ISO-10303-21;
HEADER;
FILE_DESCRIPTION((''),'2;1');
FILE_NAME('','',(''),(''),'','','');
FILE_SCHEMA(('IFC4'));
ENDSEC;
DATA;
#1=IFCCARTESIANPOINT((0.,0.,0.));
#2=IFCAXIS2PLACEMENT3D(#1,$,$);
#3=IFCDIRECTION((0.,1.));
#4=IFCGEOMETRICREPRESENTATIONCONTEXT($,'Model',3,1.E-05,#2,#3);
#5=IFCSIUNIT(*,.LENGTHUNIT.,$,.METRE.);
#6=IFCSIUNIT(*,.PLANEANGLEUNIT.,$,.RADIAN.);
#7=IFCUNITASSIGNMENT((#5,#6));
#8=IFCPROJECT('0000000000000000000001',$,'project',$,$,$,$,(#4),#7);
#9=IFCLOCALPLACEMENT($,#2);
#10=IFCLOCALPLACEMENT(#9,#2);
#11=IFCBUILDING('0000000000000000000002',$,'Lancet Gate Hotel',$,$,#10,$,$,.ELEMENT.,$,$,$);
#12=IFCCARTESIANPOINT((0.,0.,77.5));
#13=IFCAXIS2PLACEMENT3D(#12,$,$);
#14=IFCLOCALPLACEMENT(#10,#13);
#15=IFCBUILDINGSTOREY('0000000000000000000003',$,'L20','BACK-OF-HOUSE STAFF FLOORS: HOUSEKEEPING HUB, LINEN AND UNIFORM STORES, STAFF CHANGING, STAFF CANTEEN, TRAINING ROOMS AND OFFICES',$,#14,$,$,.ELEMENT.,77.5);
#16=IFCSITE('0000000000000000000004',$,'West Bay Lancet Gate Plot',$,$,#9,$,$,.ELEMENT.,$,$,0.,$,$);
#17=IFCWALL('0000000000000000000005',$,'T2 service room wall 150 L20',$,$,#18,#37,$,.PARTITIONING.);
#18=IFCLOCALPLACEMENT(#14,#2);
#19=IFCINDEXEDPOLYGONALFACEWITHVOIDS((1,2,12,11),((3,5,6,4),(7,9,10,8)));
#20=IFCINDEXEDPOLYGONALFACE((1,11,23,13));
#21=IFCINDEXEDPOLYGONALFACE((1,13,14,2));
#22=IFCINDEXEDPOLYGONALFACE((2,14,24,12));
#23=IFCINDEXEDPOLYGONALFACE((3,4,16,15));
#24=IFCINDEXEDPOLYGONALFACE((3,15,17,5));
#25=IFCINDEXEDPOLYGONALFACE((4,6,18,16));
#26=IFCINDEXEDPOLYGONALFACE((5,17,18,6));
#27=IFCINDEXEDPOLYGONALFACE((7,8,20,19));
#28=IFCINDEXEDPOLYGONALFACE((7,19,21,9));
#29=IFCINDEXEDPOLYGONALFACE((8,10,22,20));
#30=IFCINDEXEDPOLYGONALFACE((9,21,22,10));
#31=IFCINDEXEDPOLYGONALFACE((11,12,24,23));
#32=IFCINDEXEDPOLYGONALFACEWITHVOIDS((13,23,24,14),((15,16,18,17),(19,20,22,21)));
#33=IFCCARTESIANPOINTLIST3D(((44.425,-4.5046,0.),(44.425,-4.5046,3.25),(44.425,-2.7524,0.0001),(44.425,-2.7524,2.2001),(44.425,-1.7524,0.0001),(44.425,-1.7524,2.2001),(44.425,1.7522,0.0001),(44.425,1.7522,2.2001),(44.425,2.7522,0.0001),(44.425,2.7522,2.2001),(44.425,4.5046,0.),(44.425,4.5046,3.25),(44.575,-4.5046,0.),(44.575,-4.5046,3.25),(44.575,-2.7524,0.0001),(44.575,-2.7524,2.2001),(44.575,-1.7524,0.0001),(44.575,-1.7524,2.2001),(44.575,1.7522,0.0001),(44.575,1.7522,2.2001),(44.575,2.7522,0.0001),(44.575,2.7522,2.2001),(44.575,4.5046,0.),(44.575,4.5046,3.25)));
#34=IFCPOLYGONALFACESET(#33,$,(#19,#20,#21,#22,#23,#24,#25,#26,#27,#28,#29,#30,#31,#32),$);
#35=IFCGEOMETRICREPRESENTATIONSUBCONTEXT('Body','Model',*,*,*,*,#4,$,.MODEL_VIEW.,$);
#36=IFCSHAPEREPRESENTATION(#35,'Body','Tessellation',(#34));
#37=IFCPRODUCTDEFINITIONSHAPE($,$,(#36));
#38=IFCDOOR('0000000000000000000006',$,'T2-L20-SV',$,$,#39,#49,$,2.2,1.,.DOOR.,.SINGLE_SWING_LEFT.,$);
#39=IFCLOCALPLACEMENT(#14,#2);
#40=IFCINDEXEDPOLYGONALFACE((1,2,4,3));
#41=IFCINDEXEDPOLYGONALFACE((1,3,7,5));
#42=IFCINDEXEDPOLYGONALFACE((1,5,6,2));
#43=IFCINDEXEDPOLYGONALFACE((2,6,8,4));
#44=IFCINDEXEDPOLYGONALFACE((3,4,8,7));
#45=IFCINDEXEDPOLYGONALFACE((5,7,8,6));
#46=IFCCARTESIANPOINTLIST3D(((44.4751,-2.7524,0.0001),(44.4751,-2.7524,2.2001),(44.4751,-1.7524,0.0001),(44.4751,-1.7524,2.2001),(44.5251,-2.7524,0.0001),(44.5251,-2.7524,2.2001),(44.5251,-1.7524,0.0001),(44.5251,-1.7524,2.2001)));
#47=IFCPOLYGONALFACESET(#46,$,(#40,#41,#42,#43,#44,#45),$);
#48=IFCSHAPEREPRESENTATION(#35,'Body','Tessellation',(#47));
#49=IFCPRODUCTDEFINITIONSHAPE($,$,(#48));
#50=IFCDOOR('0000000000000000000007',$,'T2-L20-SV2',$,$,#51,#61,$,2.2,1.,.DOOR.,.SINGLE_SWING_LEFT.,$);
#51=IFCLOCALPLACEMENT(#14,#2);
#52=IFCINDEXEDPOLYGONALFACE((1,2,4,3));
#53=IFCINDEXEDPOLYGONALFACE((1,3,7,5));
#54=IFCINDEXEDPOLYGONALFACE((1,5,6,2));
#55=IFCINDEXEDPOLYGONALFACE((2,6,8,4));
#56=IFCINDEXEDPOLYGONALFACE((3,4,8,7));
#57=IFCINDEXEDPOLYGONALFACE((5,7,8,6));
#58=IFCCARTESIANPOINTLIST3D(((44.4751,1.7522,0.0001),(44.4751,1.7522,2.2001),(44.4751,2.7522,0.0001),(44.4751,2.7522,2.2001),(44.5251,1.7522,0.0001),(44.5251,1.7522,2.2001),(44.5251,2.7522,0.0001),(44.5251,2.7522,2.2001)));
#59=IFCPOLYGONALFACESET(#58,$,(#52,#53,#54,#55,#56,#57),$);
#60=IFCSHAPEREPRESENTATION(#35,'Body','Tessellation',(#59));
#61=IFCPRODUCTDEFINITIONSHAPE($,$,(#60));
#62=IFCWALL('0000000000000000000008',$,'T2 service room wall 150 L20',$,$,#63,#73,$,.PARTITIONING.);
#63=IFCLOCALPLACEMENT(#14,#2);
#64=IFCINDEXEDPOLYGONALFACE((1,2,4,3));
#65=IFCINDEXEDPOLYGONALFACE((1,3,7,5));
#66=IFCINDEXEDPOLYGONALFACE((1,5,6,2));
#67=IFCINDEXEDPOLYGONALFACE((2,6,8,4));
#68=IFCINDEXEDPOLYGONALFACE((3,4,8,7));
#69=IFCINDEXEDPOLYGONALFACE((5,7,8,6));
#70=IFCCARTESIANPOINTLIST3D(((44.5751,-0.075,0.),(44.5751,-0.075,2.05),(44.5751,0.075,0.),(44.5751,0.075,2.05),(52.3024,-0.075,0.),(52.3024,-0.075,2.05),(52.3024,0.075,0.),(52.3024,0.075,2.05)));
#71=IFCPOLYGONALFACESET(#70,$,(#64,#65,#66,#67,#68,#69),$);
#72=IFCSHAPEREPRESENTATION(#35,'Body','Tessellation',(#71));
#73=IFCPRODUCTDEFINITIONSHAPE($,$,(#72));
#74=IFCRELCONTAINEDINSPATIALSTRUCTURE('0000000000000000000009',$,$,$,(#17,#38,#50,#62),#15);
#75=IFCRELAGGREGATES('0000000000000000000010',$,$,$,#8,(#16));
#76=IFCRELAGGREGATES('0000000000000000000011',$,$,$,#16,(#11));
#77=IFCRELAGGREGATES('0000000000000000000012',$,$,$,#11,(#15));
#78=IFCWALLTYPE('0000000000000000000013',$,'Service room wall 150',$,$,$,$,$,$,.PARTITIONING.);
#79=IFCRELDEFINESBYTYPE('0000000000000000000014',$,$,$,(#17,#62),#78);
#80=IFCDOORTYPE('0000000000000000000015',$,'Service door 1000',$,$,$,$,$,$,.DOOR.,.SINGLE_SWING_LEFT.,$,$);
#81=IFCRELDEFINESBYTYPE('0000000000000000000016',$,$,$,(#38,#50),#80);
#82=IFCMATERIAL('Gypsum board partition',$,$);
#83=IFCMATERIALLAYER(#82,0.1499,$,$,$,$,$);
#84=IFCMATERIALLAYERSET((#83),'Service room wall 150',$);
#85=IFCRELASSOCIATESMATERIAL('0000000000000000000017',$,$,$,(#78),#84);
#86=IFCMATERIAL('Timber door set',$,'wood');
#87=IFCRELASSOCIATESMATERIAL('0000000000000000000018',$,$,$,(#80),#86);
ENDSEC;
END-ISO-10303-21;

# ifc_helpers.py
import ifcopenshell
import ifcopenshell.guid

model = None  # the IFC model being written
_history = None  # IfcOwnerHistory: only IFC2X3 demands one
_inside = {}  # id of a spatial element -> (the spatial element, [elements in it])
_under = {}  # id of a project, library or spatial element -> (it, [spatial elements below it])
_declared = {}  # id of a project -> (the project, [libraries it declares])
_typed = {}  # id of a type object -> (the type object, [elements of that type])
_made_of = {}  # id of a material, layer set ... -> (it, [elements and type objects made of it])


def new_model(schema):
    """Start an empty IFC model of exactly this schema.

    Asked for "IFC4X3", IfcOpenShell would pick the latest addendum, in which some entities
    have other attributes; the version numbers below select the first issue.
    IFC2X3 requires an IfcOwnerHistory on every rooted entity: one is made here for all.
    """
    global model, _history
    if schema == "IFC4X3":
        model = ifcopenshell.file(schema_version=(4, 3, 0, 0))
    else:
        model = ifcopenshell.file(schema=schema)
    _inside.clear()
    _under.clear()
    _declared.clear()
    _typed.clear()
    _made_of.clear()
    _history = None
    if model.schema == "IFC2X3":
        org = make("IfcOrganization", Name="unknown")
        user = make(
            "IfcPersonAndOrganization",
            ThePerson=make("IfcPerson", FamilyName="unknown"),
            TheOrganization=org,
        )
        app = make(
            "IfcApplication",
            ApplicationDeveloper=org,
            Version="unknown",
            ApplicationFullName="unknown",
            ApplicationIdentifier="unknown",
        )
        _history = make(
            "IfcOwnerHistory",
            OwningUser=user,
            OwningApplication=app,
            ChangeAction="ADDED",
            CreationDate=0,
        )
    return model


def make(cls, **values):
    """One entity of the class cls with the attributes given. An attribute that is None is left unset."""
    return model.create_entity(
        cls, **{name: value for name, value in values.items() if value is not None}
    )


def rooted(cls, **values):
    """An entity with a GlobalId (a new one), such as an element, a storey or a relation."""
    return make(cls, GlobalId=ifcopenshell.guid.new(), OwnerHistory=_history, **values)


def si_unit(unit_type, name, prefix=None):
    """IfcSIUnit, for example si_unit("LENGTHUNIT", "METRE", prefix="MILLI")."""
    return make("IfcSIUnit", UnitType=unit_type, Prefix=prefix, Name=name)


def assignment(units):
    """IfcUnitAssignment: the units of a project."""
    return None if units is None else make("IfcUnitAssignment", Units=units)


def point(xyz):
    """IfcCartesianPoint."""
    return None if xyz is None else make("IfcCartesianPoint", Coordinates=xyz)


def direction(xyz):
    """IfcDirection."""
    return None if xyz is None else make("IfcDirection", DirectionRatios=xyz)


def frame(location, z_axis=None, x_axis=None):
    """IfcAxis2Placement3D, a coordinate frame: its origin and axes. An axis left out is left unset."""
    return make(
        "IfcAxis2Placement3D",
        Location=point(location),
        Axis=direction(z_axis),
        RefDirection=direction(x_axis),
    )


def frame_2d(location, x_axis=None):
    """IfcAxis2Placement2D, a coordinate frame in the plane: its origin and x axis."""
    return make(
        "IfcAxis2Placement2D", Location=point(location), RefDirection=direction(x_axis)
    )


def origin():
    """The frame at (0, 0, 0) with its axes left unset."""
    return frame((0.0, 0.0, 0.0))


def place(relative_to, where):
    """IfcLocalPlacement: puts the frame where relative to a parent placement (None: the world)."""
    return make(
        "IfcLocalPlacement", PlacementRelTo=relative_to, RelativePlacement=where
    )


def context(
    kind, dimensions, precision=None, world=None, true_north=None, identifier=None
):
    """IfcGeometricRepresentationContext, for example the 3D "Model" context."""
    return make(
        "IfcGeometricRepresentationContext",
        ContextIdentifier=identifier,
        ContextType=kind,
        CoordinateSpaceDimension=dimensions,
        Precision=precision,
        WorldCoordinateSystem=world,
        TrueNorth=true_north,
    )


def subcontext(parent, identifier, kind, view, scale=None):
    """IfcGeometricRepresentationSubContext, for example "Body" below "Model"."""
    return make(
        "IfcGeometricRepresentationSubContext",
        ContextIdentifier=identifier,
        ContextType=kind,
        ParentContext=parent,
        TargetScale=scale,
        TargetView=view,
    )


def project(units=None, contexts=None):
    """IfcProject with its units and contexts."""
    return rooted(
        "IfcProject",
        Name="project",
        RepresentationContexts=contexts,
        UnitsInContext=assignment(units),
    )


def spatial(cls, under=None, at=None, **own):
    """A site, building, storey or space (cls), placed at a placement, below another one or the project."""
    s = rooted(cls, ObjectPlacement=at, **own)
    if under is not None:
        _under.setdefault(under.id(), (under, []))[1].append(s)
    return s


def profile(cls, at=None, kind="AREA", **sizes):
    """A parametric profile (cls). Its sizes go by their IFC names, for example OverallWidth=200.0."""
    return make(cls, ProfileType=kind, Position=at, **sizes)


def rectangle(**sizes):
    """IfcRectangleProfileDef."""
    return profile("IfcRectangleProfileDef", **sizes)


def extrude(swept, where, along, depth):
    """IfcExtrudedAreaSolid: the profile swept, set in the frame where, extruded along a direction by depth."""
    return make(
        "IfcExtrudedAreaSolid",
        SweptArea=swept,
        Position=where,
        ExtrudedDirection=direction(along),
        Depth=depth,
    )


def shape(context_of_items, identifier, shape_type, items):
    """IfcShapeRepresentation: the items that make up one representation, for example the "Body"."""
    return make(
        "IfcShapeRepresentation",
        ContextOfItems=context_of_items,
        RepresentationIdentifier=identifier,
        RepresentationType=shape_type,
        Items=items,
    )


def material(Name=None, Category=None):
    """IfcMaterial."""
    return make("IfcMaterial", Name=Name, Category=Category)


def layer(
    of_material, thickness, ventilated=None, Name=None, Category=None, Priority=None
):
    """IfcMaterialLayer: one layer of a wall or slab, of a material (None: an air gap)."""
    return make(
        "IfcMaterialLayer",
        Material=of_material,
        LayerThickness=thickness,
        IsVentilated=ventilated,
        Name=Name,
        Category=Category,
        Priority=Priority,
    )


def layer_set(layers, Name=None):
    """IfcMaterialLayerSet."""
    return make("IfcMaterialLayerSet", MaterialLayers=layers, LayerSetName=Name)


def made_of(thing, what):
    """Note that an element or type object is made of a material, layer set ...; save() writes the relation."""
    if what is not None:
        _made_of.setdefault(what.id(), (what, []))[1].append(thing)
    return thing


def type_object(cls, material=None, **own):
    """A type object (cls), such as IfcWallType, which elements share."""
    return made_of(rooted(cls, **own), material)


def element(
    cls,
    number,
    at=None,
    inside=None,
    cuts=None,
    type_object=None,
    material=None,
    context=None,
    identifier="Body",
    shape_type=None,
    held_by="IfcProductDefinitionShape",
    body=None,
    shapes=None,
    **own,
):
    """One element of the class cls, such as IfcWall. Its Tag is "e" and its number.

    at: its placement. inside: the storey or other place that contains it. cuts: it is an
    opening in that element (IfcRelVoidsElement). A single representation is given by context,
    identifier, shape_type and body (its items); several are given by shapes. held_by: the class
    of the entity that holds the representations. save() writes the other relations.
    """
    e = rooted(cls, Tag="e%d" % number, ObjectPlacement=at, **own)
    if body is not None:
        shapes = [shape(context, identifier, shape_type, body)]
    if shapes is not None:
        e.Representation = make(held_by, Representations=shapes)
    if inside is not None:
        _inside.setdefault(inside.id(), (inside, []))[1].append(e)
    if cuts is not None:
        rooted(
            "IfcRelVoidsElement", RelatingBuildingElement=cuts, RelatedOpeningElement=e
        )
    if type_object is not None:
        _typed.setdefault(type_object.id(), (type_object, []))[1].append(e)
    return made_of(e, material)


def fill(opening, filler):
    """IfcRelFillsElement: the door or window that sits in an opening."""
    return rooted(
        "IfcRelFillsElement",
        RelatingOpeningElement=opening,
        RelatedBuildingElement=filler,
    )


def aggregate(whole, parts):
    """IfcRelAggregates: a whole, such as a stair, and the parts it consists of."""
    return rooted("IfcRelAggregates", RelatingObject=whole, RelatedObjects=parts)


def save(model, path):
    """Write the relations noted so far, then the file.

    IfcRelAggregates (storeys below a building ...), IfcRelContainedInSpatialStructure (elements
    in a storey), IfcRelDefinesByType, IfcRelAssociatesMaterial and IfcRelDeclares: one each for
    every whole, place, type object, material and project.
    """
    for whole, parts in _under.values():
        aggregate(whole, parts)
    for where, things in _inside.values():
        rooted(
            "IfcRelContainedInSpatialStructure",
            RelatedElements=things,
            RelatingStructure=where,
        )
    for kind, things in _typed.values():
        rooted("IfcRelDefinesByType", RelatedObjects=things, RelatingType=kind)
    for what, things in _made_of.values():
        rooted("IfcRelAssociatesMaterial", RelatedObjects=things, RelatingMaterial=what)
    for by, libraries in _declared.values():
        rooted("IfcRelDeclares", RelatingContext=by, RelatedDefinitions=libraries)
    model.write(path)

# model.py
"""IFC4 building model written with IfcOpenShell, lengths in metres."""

from ifc_helpers import new_model, si_unit, direction, frame, frame_2d, origin, place, context, subcontext, project, spatial, rectangle, extrude, material, layer, layer_set, type_object, element, fill, save


model = new_model("IFC4")

# Units and contexts
model_context = context("Model", 3, precision=1e-05, world=origin(), true_north=direction((0.0, 1.0)))
body_context = subcontext(model_context, "Body", "Model", "MODEL_VIEW")
ifc_project = project(units=[si_unit("LENGTHUNIT", "METRE"), si_unit("PLANEANGLEUNIT", "RADIAN")], contexts=[model_context])

# Site, building, storey
site_placement = place(None, origin())
site = spatial("IfcSite", under=ifc_project, at=site_placement, Name="West Bay Lancet Gate Plot", CompositionType="ELEMENT", RefElevation=0.0)
building_placement = place(site_placement, origin())
building = spatial("IfcBuilding", under=site, at=building_placement, Name="Lancet Gate Hotel", CompositionType="ELEMENT")
storey_placement = place(building_placement, frame((0.0, 0.0, 77.5)))
storey = spatial("IfcBuildingStorey", under=building, at=storey_placement, Name="L20", Description="BACK-OF-HOUSE STAFF FLOORS: HOUSEKEEPING HUB, LINEN AND UNIFORM STORES, STAFF CHANGING, STAFF CANTEEN, TRAINING ROOMS AND OFFICES", CompositionType="ELEMENT", Elevation=77.5)

# Shared definitions
ifc_material_1 = material(Name="Gypsum board partition")
ifc_layer_1 = layer(ifc_material_1, 0.1499)
ifc_layer_set_1 = layer_set([ifc_layer_1], Name="Service room wall 150")
wall_type_1 = type_object("IfcWallType", Name="Service room wall 150", PredefinedType="PARTITIONING", material=ifc_layer_set_1)

# Wall, openings, doors
wall_1_placement = place(storey_placement, frame((44.5, -4.5046, 0.0), z_axis=(0.0, 0.0, 1.0), x_axis=(0.0, 1.0, 0.0)))
wall_1 = element("IfcWall", 1, at=wall_1_placement, inside=storey, type_object=wall_type_1, Name="T2 service room wall 150 L20", PredefinedType="PARTITIONING", context=body_context, shape_type="SweptSolid", body=[
    extrude(rectangle(XDim=9.0093, YDim=0.1499, at=frame_2d((4.5046, 0.0))), origin(), (0.0, 0.0, 1.0), 3.25),
])
opening_1_placement = place(wall_1_placement, frame((1.7522, 0.0, 0.0)))
opening_1 = element("IfcOpeningElement", 2, at=opening_1_placement, cuts=wall_1, PredefinedType="OPENING", context=body_context, shape_type="SweptSolid", body=[
    extrude(rectangle(XDim=1.0, YDim=2.2, at=frame_2d((0.5, 1.1001))), frame((0.0, 0.085, 0.0), z_axis=(0.0, -1.0, 0.0), x_axis=(1.0, 0.0, 0.0)), (0.0, 0.0, 1.0), 0.1699),
])
opening_2_placement = place(wall_1_placement, frame((6.2568, 0.0, 0.0)))
opening_2 = element("IfcOpeningElement", 3, at=opening_2_placement, cuts=wall_1, PredefinedType="OPENING", context=body_context, shape_type="SweptSolid", body=[
    extrude(rectangle(XDim=1.0, YDim=2.2, at=frame_2d((0.5, 1.1001))), frame((0.0, 0.085, 0.0), z_axis=(0.0, -1.0, 0.0), x_axis=(1.0, 0.0, 0.0)), (0.0, 0.0, 1.0), 0.1699),
])
ifc_material_2 = material(Name="Timber door set", Category="wood")
door_type_1 = type_object("IfcDoorType", Name="Service door 1000", OperationType="SINGLE_SWING_LEFT", PredefinedType="DOOR", material=ifc_material_2)
door_1_placement = place(opening_1_placement, origin())
door_1 = element("IfcDoor", 4, at=door_1_placement, inside=storey, type_object=door_type_1, Name="T2-L20-SV", OperationType="SINGLE_SWING_LEFT", OverallHeight=2.2, OverallWidth=1.0, PredefinedType="DOOR", context=body_context, shape_type="SweptSolid", body=[
    extrude(rectangle(XDim=1.0, YDim=2.2, at=frame_2d((0.5, 1.1001))), frame((0.0, 0.0249, 0.0), z_axis=(0.0, -1.0, 0.0), x_axis=(1.0, 0.0, 0.0)), (0.0, 0.0, 1.0), 0.05),
])
fill(opening_1, door_1)
door_2_placement = place(opening_2_placement, origin())
door_2 = element("IfcDoor", 5, at=door_2_placement, inside=storey, type_object=door_type_1, Name="T2-L20-SV2", OperationType="SINGLE_SWING_LEFT", OverallHeight=2.2, OverallWidth=1.0, PredefinedType="DOOR", context=body_context, shape_type="SweptSolid", body=[
    extrude(rectangle(XDim=1.0, YDim=2.2, at=frame_2d((0.5, 1.1001))), frame((0.0, 0.0249, 0.0), z_axis=(0.0, -1.0, 0.0), x_axis=(1.0, 0.0, 0.0)), (0.0, 0.0, 1.0), 0.05),
])
fill(opening_2, door_2)

# Wall
wall_2_placement = place(storey_placement, frame((44.575, 0.0, 0.0), z_axis=(0.0, 0.0, 1.0), x_axis=(1.0, 0.0, 0.0)))
element("IfcWall", 6, at=wall_2_placement, inside=storey, type_object=wall_type_1, Name="T2 service room wall 150 L20", PredefinedType="PARTITIONING", context=body_context, shape_type="SweptSolid", body=[
    extrude(rectangle(XDim=7.7273, YDim=0.1499, at=frame_2d((3.8638, 0.0))), origin(), (0.0, 0.0, 1.0), 2.05),
])

save(model, "model.ifc")
